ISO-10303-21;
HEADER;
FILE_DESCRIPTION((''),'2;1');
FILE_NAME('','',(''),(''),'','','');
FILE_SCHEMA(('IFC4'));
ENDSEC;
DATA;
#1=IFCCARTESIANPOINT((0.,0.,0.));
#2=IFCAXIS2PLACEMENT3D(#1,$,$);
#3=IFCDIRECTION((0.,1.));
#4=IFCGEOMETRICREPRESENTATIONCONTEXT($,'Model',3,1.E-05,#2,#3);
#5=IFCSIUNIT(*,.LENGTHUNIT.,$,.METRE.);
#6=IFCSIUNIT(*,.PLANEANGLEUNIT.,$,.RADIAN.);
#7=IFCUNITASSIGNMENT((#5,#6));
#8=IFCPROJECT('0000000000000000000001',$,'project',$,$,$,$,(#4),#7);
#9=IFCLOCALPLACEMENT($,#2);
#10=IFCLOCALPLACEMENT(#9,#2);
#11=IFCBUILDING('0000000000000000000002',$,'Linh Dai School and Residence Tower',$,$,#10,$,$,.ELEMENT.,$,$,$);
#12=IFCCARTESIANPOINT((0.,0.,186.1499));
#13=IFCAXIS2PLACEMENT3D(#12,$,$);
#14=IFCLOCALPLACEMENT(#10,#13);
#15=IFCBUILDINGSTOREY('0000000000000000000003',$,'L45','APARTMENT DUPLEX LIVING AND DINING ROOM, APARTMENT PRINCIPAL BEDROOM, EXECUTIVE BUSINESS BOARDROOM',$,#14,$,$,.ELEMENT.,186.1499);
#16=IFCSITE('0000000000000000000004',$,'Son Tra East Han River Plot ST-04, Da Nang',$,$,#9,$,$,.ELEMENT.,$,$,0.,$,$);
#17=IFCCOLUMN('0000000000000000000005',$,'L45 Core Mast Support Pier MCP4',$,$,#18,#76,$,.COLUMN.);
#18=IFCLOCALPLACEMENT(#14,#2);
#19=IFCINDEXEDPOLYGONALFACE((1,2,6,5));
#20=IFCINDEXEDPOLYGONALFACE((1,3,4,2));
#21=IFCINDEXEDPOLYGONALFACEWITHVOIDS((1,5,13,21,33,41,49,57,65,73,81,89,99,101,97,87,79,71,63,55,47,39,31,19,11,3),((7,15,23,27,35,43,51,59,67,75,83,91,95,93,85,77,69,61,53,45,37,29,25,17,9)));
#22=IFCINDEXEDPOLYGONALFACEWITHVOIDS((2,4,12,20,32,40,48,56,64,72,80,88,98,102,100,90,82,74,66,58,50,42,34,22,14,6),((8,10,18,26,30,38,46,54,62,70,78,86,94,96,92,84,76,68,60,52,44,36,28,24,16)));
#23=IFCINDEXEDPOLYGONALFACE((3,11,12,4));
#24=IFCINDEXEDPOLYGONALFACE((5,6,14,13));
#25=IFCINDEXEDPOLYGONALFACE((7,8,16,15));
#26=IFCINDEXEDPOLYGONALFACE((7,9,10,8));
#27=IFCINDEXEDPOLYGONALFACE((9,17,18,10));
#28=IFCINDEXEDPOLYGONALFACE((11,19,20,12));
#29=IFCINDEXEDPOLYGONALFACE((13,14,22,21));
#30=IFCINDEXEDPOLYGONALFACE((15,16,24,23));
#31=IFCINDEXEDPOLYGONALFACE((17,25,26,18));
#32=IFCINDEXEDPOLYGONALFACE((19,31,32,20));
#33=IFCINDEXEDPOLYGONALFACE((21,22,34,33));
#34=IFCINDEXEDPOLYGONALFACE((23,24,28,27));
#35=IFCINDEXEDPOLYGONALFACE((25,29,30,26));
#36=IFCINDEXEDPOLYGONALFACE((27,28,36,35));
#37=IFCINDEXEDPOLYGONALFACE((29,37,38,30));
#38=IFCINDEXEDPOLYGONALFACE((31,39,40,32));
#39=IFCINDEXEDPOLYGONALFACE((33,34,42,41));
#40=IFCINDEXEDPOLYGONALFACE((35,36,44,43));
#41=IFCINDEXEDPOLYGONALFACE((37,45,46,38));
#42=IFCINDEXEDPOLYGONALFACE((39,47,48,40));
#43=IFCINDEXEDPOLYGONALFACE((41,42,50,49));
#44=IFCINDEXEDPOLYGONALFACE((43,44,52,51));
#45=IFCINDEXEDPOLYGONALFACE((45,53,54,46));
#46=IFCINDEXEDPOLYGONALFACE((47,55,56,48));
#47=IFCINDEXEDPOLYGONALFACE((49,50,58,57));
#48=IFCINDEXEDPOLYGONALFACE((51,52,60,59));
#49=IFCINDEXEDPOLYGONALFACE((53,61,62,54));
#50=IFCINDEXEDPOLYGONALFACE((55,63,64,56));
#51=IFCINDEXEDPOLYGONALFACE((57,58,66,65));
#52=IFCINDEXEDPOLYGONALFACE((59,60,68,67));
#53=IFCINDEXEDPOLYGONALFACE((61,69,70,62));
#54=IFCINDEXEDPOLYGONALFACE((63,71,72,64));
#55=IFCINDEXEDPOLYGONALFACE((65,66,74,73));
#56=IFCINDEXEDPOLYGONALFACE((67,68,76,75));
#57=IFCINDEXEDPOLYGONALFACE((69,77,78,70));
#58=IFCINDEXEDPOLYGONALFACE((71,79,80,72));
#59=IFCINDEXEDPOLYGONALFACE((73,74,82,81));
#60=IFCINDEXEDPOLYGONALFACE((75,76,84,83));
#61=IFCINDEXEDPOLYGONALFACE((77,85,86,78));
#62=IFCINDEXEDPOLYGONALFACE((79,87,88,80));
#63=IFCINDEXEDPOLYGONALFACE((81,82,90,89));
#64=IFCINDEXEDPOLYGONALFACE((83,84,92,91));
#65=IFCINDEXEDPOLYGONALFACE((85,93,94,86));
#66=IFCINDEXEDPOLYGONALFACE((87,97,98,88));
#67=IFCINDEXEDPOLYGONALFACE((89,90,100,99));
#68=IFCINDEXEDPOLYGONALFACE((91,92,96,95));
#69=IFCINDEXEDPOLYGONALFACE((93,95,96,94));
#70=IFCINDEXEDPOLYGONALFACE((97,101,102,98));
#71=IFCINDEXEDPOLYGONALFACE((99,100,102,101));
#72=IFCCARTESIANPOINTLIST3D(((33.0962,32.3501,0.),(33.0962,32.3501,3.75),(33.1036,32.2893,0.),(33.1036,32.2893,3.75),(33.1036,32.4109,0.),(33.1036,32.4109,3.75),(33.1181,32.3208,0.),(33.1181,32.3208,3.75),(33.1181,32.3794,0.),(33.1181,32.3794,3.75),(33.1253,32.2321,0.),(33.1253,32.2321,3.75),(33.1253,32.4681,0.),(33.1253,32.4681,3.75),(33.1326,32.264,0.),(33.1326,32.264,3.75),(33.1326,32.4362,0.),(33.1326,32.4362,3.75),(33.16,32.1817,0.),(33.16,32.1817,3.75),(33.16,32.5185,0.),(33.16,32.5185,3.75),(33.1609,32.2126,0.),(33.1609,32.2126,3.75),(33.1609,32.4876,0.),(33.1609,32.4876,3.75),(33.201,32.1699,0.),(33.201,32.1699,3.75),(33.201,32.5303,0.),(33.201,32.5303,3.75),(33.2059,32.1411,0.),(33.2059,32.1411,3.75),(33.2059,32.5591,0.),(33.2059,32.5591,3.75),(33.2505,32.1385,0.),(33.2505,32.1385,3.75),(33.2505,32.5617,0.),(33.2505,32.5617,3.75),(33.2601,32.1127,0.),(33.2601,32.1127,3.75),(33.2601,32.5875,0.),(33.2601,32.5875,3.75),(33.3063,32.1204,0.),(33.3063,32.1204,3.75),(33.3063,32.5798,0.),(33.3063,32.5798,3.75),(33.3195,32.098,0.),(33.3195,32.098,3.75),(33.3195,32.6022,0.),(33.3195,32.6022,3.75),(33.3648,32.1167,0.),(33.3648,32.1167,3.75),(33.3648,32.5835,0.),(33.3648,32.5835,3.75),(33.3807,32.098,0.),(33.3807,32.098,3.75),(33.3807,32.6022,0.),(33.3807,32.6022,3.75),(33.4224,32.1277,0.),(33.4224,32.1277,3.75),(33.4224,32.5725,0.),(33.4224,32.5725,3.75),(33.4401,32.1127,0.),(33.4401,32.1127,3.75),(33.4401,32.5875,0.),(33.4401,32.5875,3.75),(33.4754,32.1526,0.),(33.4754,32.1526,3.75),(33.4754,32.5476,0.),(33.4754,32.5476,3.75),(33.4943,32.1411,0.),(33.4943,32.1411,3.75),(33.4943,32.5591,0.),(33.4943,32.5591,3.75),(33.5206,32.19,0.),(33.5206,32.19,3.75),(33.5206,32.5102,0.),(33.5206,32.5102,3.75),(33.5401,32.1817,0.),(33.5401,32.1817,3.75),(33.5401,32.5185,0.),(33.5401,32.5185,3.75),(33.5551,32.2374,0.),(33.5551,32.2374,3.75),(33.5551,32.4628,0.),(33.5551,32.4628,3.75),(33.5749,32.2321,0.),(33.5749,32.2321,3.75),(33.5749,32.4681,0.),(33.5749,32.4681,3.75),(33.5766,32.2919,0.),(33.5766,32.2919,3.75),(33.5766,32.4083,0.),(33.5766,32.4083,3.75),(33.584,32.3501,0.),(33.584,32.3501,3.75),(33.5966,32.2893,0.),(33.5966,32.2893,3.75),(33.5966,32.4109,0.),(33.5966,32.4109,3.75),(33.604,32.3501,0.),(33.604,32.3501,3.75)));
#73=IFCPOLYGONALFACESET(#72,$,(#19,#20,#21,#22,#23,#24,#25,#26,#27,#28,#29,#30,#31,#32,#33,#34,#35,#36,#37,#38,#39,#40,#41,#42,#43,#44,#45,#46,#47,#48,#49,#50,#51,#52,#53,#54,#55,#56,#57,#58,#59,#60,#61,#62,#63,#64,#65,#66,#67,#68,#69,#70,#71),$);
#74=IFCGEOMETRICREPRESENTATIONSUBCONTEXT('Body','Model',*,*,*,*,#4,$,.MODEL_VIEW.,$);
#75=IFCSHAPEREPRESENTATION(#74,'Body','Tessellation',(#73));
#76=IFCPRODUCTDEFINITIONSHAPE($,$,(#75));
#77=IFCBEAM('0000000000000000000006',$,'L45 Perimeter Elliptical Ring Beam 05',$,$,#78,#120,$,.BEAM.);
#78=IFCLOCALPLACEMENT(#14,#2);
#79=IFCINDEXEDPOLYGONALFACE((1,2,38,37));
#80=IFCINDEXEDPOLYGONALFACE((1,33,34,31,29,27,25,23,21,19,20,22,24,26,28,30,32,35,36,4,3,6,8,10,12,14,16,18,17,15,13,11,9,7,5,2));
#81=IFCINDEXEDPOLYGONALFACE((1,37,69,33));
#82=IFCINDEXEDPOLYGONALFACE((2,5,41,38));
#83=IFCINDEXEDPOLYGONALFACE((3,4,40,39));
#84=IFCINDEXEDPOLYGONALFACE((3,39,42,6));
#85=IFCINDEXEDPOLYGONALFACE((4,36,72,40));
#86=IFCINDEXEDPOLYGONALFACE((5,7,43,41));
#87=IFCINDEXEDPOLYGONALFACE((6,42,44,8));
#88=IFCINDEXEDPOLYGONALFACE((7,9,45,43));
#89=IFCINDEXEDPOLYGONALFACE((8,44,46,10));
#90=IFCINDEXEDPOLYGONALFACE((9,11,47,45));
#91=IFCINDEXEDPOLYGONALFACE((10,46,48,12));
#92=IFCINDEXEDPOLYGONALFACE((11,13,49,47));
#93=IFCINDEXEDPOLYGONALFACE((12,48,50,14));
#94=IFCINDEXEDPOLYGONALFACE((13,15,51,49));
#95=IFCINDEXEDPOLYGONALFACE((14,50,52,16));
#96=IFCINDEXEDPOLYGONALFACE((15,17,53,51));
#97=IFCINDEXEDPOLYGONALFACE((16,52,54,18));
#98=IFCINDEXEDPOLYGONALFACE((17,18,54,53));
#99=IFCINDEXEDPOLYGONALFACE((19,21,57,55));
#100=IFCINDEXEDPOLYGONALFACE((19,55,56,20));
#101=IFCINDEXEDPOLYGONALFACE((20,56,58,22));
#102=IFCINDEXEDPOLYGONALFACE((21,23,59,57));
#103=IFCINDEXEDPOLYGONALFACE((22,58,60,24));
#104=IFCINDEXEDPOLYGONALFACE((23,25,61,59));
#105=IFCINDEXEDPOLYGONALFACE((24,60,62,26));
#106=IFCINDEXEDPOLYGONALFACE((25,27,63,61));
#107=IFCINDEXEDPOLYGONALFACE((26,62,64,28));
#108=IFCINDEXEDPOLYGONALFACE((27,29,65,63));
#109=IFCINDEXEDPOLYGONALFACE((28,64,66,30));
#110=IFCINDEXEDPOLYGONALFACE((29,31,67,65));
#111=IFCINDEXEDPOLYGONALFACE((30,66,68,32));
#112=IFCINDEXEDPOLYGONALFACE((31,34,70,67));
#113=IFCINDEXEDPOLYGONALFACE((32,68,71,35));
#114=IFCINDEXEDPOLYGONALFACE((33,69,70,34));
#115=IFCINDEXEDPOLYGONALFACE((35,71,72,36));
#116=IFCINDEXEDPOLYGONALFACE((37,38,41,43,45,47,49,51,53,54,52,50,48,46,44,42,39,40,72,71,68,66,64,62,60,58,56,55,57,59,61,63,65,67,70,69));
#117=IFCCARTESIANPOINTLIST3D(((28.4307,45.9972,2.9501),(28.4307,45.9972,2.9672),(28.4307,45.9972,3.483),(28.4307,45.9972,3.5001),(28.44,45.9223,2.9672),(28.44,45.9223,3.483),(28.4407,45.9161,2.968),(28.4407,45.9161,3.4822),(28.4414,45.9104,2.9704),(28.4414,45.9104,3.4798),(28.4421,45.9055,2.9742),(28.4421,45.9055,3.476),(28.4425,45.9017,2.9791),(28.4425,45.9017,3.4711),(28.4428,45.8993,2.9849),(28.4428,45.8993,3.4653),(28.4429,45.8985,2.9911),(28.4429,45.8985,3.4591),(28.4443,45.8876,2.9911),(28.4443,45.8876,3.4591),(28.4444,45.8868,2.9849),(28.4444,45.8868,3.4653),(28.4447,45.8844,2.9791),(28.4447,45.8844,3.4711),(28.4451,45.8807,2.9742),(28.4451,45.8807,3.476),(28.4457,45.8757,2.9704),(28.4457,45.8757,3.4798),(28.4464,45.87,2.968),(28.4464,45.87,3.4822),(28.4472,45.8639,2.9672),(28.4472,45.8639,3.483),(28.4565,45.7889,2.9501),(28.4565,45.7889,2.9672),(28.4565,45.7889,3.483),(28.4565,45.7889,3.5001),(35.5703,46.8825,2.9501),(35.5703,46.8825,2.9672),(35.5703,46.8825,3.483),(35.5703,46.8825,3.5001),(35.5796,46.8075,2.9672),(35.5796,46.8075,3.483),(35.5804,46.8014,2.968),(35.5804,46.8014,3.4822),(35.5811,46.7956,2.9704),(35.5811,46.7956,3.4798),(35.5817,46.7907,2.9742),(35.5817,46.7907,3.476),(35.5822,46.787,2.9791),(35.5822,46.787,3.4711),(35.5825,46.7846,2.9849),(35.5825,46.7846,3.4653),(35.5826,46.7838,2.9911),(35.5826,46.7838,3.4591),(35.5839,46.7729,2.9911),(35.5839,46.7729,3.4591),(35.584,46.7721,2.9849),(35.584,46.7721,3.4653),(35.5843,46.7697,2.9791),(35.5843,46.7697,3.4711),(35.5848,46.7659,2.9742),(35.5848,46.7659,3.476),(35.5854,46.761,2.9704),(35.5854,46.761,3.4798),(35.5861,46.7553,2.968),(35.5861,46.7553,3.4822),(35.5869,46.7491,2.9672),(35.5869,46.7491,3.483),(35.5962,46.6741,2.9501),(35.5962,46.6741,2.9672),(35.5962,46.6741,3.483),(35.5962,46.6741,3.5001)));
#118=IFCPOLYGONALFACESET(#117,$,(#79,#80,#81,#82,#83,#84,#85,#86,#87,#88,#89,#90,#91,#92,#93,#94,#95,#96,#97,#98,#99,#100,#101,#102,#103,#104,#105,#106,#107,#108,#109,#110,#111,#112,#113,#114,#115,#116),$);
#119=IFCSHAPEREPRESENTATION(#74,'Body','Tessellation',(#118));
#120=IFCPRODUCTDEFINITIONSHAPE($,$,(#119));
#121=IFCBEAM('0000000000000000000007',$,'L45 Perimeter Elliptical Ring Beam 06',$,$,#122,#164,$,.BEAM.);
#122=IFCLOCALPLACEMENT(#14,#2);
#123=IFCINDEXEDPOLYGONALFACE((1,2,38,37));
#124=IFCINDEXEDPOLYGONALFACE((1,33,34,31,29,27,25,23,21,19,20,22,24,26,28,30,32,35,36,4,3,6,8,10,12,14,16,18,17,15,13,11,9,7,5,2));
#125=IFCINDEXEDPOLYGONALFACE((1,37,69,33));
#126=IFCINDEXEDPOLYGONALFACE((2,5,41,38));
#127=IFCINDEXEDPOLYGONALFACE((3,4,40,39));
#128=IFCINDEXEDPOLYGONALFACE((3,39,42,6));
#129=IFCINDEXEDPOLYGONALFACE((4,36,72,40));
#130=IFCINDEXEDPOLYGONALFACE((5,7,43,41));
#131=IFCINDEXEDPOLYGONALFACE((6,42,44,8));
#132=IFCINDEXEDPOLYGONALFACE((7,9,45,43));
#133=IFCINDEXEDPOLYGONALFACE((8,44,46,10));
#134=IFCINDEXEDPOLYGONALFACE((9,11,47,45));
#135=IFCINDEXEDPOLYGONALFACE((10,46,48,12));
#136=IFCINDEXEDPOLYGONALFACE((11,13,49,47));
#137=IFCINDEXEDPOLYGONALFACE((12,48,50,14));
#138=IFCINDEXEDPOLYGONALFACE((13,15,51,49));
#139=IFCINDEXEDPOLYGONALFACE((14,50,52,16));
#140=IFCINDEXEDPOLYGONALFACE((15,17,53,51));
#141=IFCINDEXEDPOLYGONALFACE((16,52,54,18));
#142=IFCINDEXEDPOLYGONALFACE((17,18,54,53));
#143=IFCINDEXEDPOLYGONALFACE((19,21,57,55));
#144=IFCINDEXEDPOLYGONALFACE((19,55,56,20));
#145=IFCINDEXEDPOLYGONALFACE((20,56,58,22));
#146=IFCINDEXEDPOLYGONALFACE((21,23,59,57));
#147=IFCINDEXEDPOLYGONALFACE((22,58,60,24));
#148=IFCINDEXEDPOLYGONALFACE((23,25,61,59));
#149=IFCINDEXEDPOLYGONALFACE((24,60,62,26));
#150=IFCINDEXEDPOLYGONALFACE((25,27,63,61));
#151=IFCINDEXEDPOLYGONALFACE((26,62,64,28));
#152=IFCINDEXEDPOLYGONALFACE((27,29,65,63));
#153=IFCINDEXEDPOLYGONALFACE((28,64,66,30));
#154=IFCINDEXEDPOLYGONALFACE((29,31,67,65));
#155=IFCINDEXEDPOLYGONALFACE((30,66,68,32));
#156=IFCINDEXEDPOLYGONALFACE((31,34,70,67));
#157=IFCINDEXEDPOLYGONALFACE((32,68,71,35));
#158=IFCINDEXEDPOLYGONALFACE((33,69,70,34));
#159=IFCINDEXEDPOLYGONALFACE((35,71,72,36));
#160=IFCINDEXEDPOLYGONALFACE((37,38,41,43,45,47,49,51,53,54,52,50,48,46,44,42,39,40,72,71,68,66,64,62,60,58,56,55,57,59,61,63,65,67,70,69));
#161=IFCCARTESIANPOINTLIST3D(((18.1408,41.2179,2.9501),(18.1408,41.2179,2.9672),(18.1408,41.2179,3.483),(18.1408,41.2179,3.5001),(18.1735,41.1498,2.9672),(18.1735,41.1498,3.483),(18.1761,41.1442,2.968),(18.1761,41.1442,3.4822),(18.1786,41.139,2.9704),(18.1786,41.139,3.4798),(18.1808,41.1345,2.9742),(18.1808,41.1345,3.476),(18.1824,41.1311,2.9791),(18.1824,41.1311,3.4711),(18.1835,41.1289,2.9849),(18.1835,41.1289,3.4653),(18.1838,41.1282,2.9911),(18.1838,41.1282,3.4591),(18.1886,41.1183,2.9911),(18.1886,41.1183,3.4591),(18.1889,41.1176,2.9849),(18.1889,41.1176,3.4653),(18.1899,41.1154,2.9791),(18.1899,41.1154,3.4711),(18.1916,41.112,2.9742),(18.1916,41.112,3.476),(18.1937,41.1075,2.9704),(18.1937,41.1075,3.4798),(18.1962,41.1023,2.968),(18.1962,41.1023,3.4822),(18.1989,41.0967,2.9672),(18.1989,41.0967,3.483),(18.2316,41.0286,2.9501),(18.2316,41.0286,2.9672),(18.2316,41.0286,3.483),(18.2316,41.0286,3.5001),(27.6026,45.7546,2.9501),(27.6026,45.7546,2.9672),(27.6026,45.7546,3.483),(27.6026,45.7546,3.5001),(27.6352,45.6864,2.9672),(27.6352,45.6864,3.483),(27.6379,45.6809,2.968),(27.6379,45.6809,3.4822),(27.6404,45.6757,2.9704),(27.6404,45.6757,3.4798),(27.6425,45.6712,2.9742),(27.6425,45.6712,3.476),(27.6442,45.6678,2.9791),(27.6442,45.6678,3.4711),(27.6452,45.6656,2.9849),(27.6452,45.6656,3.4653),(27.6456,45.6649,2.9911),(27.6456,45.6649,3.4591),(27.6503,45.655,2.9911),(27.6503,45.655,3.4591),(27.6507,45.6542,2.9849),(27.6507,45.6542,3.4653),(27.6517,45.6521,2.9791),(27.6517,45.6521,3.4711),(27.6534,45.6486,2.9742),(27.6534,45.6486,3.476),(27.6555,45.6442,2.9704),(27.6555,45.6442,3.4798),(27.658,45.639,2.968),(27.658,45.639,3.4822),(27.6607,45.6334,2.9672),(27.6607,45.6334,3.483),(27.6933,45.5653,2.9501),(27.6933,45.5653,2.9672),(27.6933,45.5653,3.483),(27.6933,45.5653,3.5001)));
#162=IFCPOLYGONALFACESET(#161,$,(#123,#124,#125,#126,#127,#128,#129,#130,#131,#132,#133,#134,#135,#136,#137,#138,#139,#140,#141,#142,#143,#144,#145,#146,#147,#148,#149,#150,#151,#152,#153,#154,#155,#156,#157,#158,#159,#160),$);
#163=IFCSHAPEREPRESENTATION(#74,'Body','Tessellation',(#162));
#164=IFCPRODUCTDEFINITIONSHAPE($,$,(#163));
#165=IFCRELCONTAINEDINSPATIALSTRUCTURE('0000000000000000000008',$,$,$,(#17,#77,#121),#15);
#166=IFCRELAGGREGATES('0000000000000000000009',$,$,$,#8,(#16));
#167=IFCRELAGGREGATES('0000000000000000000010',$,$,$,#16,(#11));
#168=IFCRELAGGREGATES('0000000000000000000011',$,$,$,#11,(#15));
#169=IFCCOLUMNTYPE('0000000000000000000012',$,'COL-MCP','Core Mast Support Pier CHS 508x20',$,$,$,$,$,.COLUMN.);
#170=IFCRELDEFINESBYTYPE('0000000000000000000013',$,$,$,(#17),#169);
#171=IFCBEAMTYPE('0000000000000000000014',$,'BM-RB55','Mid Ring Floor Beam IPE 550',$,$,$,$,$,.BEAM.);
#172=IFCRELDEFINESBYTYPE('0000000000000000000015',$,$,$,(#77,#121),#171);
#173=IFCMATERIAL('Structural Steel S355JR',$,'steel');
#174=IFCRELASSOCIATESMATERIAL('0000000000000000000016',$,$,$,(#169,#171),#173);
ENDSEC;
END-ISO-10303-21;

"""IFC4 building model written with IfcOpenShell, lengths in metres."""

from ifc_helpers import new_model, si_unit, direction, frame, origin, origin_2d, place, context, subcontext, project, spatial, hollow_circle, i_section, extrude, material, material_profile, profile_set, type_object, element, save


model = new_model("IFC4")

# Units and contexts
model_context = context("Model", 3, precision=1e-05, world=origin(), true_north=direction((0.0, 1.0)))
body_context = subcontext(model_context, "Body", "Model", "MODEL_VIEW")
ifc_project = project(units=[si_unit("LENGTHUNIT", "METRE"), si_unit("PLANEANGLEUNIT", "RADIAN")], contexts=[model_context])

# Site, building, storey
site_placement = place(None, origin())
site = spatial("IfcSite", under=ifc_project, at=site_placement, Name="Son Tra East Han River Plot ST-04, Da Nang", CompositionType="ELEMENT", RefElevation=0.0)
building_placement = place(site_placement, origin())
building = spatial("IfcBuilding", under=site, at=building_placement, Name="Linh Dai School and Residence Tower", CompositionType="ELEMENT")
storey_placement = place(building_placement, frame((0.0, 0.0, 186.1499)))
storey = spatial("IfcBuildingStorey", under=building, at=storey_placement, Name="L45", Description="APARTMENT DUPLEX LIVING AND DINING ROOM, APARTMENT PRINCIPAL BEDROOM, EXECUTIVE BUSINESS BOARDROOM", CompositionType="ELEMENT", Elevation=186.1499)

# Column
ifc_material_1 = material(Name="Structural Steel S355JR", Category="steel")
ifc_material_profile_1 = material_profile(ifc_material_1, hollow_circle(Radius=0.2539, WallThickness=0.02, at=origin_2d()), Name="CHS 508x20")
ifc_profile_set_1 = profile_set([ifc_material_profile_1], Name="Structural Steel S355JR")
column_type_1 = type_object("IfcColumnType", Name="COL-MCP", Description="Core Mast Support Pier CHS 508x20", PredefinedType="COLUMN", material=ifc_profile_set_1)
column_1_placement = place(storey_placement, frame((33.3501, 32.3501, 0.0), z_axis=(0.0, 0.0, 1.0), x_axis=(1.0, 0.0, 0.0)))
element("IfcColumn", 1, at=column_1_placement, inside=storey, type_object=column_type_1, Name="L45 Core Mast Support Pier MCP4", PredefinedType="COLUMN", context=body_context, shape_type="SweptSolid", body=[
    extrude(hollow_circle(Radius=0.2539, WallThickness=0.02, at=origin_2d()), origin(), (0.0, 0.0, 1.0), 3.75),
])

# Beams
ifc_material_profile_2 = material_profile(ifc_material_1, i_section(OverallWidth=0.21, OverallDepth=0.55, WebThickness=0.011, FlangeThickness=0.0171, FilletRadius=0.0239, at=origin_2d()), Name="IPE 550")
ifc_profile_set_2 = profile_set([ifc_material_profile_2], Name="Structural Steel S355JR")
beam_type_1 = type_object("IfcBeamType", Name="BM-RB55", Description="Mid Ring Floor Beam IPE 550", PredefinedType="BEAM", material=ifc_profile_set_2)
beam_1_placement = place(storey_placement, frame((35.5833, 46.7783, 3.2251), z_axis=(-0.992401, -0.123049, 0.0), x_axis=(0.123049, -0.992401, 0.0)))
element("IfcBeam", 2, at=beam_1_placement, inside=storey, type_object=beam_type_1, Name="L45 Perimeter Elliptical Ring Beam 05", PredefinedType="BEAM", context=body_context, shape_type="SweptSolid", body=[
    extrude(i_section(OverallWidth=0.21, OverallDepth=0.55, WebThickness=0.011, FlangeThickness=0.0171, FilletRadius=0.0239, at=origin_2d()), origin(), (0.0, 0.0, 1.0), 7.1943),
])
beam_2_placement = place(storey_placement, frame((27.6479, 45.6599, 3.2251), z_axis=(-0.901708, -0.432345, 0.0), x_axis=(0.432345, -0.901708, 0.0)))
element("IfcBeam", 3, at=beam_2_placement, inside=storey, type_object=beam_type_1, Name="L45 Perimeter Elliptical Ring Beam 06", PredefinedType="BEAM", context=body_context, shape_type="SweptSolid", body=[
    extrude(i_section(OverallWidth=0.21, OverallDepth=0.55, WebThickness=0.011, FlangeThickness=0.0171, FilletRadius=0.0239, at=origin_2d()), origin(), (0.0, 0.0, 1.0), 10.4932),
])

save(model, "model.ifc")
